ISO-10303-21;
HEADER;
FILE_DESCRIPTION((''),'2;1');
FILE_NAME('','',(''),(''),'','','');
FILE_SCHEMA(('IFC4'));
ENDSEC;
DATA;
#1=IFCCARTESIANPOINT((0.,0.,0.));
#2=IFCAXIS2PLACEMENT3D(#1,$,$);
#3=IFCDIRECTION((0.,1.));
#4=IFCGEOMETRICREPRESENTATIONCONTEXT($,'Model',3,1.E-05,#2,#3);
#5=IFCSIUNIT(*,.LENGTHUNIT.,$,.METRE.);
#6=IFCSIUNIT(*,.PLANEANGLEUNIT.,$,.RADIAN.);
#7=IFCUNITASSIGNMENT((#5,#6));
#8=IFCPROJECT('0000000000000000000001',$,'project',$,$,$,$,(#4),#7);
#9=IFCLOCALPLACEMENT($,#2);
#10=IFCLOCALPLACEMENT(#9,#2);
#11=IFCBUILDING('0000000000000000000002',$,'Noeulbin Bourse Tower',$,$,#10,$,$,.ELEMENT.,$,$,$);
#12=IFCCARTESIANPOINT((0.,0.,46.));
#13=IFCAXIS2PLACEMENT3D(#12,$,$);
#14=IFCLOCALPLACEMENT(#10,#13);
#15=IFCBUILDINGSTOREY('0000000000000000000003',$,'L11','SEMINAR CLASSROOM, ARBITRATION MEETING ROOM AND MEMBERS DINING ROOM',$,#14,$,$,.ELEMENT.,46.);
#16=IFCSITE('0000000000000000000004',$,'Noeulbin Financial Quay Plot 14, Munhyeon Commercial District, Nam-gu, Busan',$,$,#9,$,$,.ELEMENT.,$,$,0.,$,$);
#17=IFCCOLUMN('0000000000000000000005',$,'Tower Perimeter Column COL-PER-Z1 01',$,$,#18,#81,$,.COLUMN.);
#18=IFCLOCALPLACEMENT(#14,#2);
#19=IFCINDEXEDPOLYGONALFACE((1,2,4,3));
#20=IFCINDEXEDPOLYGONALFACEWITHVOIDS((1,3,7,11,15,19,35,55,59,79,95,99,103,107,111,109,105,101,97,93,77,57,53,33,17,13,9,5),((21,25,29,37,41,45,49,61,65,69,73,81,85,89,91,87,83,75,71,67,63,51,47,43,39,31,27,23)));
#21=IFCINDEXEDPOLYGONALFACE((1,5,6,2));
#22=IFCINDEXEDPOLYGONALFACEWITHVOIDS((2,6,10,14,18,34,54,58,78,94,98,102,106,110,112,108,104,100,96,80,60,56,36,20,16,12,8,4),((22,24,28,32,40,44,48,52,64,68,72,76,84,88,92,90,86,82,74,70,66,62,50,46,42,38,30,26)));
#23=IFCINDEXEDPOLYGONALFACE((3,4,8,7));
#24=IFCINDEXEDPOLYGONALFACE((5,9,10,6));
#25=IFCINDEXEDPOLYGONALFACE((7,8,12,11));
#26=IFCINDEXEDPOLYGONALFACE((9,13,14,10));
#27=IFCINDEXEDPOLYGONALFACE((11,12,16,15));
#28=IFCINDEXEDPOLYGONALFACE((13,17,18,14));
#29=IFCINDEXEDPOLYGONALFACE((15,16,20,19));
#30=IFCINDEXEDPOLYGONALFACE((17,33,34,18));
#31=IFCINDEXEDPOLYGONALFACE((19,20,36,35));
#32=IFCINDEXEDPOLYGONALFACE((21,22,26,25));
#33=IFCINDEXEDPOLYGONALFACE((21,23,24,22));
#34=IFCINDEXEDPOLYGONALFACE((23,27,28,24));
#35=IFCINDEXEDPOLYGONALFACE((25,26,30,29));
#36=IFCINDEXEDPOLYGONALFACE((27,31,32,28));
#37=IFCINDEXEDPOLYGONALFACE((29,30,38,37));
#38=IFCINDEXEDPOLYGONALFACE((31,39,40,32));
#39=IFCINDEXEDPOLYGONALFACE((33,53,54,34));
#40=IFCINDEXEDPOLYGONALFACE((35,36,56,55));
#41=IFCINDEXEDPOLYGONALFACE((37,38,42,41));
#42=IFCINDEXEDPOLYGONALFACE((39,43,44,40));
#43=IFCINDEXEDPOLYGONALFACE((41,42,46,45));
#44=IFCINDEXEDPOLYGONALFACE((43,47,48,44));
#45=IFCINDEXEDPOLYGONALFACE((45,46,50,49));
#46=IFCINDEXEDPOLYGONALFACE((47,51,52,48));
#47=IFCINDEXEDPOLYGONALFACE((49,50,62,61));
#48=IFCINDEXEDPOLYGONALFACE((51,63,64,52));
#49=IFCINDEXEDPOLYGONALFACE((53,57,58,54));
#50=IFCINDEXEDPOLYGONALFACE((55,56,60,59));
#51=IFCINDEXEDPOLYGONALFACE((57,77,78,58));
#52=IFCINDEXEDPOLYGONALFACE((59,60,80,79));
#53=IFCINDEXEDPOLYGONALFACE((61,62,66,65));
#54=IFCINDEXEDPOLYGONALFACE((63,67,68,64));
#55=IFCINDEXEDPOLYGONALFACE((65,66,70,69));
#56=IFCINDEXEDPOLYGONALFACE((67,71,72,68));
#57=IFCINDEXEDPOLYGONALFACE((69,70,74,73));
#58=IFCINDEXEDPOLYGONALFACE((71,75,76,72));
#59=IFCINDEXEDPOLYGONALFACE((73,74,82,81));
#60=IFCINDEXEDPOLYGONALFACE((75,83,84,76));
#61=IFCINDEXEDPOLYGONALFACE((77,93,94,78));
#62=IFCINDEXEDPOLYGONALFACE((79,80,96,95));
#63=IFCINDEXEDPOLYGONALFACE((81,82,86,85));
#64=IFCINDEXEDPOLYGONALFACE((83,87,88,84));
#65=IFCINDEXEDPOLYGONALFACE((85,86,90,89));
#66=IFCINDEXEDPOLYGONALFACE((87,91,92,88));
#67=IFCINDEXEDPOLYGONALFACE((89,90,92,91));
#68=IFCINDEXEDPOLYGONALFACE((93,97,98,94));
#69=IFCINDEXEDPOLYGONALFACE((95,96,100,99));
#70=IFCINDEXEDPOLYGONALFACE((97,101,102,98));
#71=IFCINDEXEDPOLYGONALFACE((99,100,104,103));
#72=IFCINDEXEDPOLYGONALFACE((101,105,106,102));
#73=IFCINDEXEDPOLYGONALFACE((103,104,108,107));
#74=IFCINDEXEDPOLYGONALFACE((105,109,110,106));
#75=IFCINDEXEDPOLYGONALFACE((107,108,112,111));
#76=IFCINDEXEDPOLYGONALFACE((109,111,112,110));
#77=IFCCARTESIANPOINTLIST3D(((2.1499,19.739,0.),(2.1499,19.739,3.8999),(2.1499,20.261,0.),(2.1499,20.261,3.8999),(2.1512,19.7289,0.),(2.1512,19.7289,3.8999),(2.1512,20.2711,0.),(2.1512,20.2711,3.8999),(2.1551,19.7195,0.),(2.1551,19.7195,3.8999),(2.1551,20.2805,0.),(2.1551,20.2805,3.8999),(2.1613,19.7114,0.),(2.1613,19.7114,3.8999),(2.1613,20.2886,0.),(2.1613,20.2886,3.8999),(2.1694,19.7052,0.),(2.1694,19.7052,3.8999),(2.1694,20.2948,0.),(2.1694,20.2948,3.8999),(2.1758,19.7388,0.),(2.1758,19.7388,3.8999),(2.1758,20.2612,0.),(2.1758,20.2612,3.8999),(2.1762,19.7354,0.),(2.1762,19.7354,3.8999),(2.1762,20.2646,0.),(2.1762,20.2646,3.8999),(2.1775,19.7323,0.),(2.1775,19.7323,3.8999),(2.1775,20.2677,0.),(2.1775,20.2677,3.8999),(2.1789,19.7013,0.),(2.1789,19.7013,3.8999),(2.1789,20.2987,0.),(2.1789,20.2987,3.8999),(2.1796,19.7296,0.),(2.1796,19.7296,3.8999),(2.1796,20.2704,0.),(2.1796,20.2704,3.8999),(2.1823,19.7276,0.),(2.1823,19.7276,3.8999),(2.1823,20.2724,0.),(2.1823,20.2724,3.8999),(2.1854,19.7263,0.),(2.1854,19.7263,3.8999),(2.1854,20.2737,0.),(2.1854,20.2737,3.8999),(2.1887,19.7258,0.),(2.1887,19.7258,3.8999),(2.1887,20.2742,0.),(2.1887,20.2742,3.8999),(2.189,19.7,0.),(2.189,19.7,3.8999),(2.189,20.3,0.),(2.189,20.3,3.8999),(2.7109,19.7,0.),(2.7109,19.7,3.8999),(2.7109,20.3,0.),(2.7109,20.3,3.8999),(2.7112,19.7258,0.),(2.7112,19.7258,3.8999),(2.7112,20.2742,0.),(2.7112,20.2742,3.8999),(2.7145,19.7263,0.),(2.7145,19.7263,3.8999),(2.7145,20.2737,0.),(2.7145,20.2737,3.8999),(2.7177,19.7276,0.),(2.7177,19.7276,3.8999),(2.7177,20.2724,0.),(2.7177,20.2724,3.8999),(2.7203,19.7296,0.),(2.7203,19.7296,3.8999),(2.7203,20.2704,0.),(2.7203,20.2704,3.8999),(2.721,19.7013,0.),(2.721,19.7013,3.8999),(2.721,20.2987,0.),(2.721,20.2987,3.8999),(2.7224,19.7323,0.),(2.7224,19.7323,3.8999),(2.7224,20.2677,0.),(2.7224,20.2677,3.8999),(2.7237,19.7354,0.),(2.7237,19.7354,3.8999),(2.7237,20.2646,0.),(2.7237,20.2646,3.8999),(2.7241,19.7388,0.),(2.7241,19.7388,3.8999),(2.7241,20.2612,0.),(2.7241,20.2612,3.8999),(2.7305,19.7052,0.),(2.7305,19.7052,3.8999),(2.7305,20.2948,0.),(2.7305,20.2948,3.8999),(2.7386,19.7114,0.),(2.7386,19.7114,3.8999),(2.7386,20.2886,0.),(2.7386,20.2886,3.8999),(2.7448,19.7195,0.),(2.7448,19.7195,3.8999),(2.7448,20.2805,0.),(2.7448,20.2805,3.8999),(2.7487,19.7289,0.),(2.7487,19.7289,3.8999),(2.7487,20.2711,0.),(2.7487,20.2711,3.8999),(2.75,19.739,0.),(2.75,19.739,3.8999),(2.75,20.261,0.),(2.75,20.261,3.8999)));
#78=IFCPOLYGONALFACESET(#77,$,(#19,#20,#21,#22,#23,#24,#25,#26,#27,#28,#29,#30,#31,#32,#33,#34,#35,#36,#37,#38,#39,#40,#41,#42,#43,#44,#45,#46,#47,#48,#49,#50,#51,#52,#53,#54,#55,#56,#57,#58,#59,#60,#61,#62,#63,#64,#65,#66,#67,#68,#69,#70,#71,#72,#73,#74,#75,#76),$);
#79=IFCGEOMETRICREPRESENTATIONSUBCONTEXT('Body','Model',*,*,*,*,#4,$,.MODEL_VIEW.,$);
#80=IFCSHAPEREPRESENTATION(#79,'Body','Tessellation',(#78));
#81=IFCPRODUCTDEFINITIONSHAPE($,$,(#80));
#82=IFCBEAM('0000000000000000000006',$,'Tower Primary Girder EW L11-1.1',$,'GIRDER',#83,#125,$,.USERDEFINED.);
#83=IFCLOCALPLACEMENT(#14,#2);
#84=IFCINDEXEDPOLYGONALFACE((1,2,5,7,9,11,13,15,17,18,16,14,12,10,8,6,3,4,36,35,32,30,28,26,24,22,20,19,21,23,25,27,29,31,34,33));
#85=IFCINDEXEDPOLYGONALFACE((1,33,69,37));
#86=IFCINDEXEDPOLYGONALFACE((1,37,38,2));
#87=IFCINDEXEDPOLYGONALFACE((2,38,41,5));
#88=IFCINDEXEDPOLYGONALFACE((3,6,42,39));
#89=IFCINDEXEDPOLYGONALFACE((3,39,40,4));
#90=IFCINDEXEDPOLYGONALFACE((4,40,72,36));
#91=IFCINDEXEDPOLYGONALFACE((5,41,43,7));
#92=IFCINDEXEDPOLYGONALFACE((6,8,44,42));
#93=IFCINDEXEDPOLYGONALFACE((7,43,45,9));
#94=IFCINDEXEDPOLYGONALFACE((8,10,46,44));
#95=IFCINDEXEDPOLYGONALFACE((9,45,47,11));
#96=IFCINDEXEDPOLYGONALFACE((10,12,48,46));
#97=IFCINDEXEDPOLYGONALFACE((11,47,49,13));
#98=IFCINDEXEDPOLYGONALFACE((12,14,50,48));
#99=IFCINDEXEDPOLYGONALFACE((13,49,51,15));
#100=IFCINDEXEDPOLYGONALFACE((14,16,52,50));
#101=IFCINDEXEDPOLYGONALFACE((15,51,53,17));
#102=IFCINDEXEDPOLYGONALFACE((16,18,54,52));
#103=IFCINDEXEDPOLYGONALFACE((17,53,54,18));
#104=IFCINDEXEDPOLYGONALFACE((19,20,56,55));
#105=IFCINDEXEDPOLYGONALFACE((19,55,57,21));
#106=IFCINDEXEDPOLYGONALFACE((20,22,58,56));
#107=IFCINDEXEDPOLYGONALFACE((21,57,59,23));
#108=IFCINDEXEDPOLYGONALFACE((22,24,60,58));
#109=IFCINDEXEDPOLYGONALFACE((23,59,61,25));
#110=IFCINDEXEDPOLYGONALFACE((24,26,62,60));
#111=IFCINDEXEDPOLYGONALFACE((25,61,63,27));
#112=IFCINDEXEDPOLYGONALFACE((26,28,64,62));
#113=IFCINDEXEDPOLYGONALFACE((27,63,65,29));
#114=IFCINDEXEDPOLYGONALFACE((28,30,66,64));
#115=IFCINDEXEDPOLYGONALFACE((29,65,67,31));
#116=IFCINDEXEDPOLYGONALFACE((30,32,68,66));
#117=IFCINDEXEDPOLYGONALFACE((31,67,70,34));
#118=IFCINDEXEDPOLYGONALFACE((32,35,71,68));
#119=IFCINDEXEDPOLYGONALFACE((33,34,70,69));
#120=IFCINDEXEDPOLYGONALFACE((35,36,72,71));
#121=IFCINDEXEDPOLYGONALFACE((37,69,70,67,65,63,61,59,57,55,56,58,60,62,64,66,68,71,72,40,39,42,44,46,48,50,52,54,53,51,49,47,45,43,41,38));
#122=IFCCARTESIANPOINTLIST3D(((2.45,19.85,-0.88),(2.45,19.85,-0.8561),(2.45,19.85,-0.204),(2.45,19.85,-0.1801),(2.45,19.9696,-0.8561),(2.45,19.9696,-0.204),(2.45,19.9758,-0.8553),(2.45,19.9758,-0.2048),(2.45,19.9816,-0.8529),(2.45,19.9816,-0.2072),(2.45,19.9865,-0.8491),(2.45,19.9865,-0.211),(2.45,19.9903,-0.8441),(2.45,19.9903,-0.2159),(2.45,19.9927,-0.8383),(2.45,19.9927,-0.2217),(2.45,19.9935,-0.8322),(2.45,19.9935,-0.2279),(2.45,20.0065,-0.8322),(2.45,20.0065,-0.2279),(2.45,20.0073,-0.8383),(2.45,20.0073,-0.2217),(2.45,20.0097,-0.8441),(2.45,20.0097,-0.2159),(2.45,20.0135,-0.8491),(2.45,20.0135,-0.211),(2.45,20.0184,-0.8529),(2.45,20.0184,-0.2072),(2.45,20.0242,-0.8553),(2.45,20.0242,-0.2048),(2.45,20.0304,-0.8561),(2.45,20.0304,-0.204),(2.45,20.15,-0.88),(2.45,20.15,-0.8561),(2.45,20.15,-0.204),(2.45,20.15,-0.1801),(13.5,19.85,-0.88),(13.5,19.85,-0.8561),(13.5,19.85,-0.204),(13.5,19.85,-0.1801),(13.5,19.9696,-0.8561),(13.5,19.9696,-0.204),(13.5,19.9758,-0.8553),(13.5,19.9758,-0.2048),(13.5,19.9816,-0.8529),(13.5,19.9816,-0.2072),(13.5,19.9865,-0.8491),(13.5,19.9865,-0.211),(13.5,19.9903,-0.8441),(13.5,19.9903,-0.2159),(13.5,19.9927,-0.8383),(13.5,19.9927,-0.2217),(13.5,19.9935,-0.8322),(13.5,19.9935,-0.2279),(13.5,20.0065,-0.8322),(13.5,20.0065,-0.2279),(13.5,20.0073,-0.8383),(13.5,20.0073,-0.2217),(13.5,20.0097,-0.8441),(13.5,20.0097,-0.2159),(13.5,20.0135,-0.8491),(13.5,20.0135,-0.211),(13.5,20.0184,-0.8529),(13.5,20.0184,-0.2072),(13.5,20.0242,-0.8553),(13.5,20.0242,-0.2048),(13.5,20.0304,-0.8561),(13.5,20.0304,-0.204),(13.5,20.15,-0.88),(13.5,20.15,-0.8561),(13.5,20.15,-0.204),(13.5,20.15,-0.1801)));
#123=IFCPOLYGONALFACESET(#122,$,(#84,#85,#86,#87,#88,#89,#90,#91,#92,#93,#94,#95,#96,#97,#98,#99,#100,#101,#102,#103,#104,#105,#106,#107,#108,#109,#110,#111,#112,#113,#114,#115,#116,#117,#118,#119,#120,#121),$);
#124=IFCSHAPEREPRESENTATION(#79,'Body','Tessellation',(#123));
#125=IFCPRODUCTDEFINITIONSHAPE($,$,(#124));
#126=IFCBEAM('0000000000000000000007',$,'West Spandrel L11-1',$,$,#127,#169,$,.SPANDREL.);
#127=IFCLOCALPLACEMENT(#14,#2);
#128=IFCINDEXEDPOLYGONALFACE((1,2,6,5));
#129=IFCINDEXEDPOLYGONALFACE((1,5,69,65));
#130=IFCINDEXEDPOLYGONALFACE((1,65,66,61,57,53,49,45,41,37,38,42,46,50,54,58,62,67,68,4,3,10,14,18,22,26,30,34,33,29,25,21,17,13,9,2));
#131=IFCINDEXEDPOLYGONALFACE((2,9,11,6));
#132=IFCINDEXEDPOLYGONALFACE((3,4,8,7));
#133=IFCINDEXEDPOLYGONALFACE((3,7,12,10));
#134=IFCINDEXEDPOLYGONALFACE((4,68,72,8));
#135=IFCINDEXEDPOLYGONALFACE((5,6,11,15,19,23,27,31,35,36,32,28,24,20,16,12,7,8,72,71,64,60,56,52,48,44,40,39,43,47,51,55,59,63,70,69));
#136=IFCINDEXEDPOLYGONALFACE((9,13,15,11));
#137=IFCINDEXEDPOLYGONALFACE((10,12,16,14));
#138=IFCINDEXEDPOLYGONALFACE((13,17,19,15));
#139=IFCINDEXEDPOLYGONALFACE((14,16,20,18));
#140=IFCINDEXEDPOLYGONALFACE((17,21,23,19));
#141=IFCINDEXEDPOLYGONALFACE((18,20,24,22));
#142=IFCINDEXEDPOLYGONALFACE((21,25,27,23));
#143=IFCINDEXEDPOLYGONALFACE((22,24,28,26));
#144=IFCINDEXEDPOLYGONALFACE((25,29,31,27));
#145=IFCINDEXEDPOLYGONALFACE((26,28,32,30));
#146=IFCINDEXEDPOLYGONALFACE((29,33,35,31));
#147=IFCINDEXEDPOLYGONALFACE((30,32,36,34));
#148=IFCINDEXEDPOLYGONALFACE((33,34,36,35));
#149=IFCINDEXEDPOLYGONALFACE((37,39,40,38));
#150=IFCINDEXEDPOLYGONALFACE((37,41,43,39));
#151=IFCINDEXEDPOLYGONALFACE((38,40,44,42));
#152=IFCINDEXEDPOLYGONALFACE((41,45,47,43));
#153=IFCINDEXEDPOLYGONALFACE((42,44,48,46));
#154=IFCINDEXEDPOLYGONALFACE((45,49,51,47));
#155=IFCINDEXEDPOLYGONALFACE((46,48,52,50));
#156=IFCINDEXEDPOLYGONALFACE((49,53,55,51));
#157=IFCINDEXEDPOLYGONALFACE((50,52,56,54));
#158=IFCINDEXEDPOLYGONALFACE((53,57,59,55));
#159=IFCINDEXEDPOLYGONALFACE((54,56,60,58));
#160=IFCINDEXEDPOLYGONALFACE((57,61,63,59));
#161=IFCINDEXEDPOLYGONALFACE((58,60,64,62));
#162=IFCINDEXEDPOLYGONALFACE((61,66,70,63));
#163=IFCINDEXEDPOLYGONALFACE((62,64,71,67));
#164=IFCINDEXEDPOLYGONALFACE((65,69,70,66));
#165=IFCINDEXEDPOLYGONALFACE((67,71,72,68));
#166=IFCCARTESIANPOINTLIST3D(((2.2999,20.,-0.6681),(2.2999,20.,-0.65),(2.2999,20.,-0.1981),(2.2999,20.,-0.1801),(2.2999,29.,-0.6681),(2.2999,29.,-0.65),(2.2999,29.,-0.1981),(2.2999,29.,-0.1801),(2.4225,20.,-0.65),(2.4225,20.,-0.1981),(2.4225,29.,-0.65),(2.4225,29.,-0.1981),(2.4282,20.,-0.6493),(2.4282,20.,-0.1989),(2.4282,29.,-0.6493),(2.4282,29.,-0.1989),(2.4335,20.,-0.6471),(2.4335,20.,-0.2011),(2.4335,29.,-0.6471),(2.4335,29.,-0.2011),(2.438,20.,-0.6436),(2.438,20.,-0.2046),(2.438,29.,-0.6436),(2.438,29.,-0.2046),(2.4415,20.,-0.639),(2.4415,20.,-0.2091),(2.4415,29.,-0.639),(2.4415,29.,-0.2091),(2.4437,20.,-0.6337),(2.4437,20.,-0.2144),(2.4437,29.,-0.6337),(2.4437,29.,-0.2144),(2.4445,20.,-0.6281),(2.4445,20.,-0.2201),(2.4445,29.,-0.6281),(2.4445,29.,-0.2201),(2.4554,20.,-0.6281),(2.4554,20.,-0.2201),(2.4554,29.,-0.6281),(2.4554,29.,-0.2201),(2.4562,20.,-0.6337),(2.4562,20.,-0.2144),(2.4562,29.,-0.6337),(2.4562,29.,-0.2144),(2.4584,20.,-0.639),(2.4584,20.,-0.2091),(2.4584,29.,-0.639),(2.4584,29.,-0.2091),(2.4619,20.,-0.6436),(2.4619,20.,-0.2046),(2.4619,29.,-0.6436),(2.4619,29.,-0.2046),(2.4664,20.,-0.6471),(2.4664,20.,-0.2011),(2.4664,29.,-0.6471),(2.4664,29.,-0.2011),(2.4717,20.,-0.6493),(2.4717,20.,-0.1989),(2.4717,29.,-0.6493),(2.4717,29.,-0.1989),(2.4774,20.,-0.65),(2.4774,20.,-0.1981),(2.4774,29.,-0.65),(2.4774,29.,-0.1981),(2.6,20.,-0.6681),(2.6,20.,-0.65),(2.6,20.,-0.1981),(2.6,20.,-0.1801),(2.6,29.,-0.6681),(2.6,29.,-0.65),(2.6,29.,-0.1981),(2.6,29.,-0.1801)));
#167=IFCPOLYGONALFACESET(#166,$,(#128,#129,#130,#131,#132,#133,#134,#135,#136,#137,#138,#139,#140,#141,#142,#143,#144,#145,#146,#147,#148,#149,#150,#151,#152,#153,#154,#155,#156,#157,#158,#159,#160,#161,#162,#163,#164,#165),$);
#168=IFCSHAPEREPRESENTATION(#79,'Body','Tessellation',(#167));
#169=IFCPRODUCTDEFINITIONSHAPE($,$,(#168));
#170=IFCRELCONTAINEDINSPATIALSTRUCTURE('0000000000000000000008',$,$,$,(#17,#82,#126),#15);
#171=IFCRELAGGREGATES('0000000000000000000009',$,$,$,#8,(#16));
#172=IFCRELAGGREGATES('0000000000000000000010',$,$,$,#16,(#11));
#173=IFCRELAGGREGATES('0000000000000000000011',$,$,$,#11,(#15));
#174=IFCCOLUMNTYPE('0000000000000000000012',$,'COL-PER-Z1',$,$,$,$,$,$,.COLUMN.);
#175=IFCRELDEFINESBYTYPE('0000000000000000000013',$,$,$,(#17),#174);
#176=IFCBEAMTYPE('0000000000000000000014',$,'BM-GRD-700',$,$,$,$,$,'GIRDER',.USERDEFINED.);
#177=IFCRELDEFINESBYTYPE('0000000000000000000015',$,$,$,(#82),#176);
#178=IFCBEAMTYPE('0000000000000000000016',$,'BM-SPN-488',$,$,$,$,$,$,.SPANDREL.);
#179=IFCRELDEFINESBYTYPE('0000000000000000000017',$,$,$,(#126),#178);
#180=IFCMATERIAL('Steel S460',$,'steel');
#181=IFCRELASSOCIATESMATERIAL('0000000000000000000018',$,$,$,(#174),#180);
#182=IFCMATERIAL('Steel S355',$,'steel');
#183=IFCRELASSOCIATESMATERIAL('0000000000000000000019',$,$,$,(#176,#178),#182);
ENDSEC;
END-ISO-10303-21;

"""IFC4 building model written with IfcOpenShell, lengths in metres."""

from ifc_helpers import new_model, si_unit, direction, frame, origin, origin_2d, place, context, subcontext, project, spatial, hollow_rectangle, i_section, extrude, material, material_profile, profile_set, type_object, element, save


model = new_model("IFC4")

# Units and contexts
model_context = context("Model", 3, precision=1e-05, world=origin(), true_north=direction((0.0, 1.0)))
body_context = subcontext(model_context, "Body", "Model", "MODEL_VIEW")
ifc_project = project(units=[si_unit("LENGTHUNIT", "METRE"), si_unit("PLANEANGLEUNIT", "RADIAN")], contexts=[model_context])

# Site, building, storey
site_placement = place(None, origin())
site = spatial("IfcSite", under=ifc_project, at=site_placement, Name="Noeulbin Financial Quay Plot 14, Munhyeon Commercial District, Nam-gu, Busan", CompositionType="ELEMENT", RefElevation=0.0)
building_placement = place(site_placement, origin())
building = spatial("IfcBuilding", under=site, at=building_placement, Name="Noeulbin Bourse Tower", CompositionType="ELEMENT")
storey_placement = place(building_placement, frame((0.0, 0.0, 46.0)))
storey = spatial("IfcBuildingStorey", under=building, at=storey_placement, Name="L11", Description="SEMINAR CLASSROOM, ARBITRATION MEETING ROOM AND MEMBERS DINING ROOM", CompositionType="ELEMENT", Elevation=46.0)

# Column
ifc_material_1 = material(Name="Steel S460", Category="steel")
ifc_material_profile_1 = material_profile(ifc_material_1, hollow_rectangle(XDim=0.6001, YDim=0.6001, WallThickness=0.0259, InnerFilletRadius=0.0129, OuterFilletRadius=0.0391, at=origin_2d()), Name="BOX-600x600x26", Category="LoadBearing")
ifc_profile_set_1 = profile_set([ifc_material_profile_1], Name="Steel S460")
column_type = type_object("IfcColumnType", Name="COL-PER-Z1", PredefinedType="COLUMN", material=ifc_profile_set_1)
column_placement = place(storey_placement, frame((2.45, 20.0, 0.0), z_axis=(0.0, 0.0, 1.0), x_axis=(1.0, 0.0, 0.0)))
element("IfcColumn", 1, at=column_placement, inside=storey, type_object=column_type, Name="Tower Perimeter Column COL-PER-Z1 01", PredefinedType="COLUMN", context=body_context, shape_type="SweptSolid", body=[
    extrude(hollow_rectangle(XDim=0.6001, YDim=0.6001, WallThickness=0.0259, InnerFilletRadius=0.0129, OuterFilletRadius=0.0391, at=origin_2d()), origin(), (0.0, 0.0, 1.0), 3.8999),
])

# Beams
ifc_material_2 = material(Name="Steel S355", Category="steel")
ifc_material_profile_2 = material_profile(ifc_material_2, i_section(OverallWidth=0.3, OverallDepth=0.7, WebThickness=0.0129, FlangeThickness=0.0239, FilletRadius=0.0239, at=origin_2d()), Name="H-700x300x13x24", Category="LoadBearing")
ifc_profile_set_2 = profile_set([ifc_material_profile_2], Name="Steel S355")
beam_type_1 = type_object("IfcBeamType", Name="BM-GRD-700", ElementType="GIRDER", PredefinedType="USERDEFINED", material=ifc_profile_set_2)
beam_1_placement = place(storey_placement, frame((2.45, 20.0, -0.53), z_axis=(1.0, 0.0, 0.0), x_axis=(0.0, 1.0, 0.0)))
element("IfcBeam", 2, at=beam_1_placement, inside=storey, type_object=beam_type_1, Name="Tower Primary Girder EW L11-1.1", ObjectType="GIRDER", PredefinedType="USERDEFINED", context=body_context, shape_type="SweptSolid", body=[
    extrude(i_section(OverallWidth=0.3, OverallDepth=0.7, WebThickness=0.0129, FlangeThickness=0.0239, FilletRadius=0.0239, at=origin_2d()), origin(), (0.0, 0.0, 1.0), 11.05),
])
ifc_material_profile_3 = material_profile(ifc_material_2, i_section(OverallWidth=0.3, OverallDepth=0.488, WebThickness=0.011, FlangeThickness=0.0181, FilletRadius=0.022, at=origin_2d()), Name="H-488x300x11x18", Category="LoadBearing")
ifc_profile_set_3 = profile_set([ifc_material_profile_3], Name="Steel S355")
beam_type_2 = type_object("IfcBeamType", Name="BM-SPN-488", PredefinedType="SPANDREL", material=ifc_profile_set_3)
beam_2_placement = place(storey_placement, frame((2.45, 20.0, -0.4241), z_axis=(0.0, 1.0, 0.0), x_axis=(-1.0, 0.0, 0.0)))
element("IfcBeam", 3, at=beam_2_placement, inside=storey, type_object=beam_type_2, Name="West Spandrel L11-1", PredefinedType="SPANDREL", context=body_context, shape_type="SweptSolid", body=[
    extrude(i_section(OverallWidth=0.3, OverallDepth=0.488, WebThickness=0.011, FlangeThickness=0.0181, FilletRadius=0.022, at=origin_2d()), origin(), (0.0, 0.0, 1.0), 9.0),
])

save(model, "model.ifc")
